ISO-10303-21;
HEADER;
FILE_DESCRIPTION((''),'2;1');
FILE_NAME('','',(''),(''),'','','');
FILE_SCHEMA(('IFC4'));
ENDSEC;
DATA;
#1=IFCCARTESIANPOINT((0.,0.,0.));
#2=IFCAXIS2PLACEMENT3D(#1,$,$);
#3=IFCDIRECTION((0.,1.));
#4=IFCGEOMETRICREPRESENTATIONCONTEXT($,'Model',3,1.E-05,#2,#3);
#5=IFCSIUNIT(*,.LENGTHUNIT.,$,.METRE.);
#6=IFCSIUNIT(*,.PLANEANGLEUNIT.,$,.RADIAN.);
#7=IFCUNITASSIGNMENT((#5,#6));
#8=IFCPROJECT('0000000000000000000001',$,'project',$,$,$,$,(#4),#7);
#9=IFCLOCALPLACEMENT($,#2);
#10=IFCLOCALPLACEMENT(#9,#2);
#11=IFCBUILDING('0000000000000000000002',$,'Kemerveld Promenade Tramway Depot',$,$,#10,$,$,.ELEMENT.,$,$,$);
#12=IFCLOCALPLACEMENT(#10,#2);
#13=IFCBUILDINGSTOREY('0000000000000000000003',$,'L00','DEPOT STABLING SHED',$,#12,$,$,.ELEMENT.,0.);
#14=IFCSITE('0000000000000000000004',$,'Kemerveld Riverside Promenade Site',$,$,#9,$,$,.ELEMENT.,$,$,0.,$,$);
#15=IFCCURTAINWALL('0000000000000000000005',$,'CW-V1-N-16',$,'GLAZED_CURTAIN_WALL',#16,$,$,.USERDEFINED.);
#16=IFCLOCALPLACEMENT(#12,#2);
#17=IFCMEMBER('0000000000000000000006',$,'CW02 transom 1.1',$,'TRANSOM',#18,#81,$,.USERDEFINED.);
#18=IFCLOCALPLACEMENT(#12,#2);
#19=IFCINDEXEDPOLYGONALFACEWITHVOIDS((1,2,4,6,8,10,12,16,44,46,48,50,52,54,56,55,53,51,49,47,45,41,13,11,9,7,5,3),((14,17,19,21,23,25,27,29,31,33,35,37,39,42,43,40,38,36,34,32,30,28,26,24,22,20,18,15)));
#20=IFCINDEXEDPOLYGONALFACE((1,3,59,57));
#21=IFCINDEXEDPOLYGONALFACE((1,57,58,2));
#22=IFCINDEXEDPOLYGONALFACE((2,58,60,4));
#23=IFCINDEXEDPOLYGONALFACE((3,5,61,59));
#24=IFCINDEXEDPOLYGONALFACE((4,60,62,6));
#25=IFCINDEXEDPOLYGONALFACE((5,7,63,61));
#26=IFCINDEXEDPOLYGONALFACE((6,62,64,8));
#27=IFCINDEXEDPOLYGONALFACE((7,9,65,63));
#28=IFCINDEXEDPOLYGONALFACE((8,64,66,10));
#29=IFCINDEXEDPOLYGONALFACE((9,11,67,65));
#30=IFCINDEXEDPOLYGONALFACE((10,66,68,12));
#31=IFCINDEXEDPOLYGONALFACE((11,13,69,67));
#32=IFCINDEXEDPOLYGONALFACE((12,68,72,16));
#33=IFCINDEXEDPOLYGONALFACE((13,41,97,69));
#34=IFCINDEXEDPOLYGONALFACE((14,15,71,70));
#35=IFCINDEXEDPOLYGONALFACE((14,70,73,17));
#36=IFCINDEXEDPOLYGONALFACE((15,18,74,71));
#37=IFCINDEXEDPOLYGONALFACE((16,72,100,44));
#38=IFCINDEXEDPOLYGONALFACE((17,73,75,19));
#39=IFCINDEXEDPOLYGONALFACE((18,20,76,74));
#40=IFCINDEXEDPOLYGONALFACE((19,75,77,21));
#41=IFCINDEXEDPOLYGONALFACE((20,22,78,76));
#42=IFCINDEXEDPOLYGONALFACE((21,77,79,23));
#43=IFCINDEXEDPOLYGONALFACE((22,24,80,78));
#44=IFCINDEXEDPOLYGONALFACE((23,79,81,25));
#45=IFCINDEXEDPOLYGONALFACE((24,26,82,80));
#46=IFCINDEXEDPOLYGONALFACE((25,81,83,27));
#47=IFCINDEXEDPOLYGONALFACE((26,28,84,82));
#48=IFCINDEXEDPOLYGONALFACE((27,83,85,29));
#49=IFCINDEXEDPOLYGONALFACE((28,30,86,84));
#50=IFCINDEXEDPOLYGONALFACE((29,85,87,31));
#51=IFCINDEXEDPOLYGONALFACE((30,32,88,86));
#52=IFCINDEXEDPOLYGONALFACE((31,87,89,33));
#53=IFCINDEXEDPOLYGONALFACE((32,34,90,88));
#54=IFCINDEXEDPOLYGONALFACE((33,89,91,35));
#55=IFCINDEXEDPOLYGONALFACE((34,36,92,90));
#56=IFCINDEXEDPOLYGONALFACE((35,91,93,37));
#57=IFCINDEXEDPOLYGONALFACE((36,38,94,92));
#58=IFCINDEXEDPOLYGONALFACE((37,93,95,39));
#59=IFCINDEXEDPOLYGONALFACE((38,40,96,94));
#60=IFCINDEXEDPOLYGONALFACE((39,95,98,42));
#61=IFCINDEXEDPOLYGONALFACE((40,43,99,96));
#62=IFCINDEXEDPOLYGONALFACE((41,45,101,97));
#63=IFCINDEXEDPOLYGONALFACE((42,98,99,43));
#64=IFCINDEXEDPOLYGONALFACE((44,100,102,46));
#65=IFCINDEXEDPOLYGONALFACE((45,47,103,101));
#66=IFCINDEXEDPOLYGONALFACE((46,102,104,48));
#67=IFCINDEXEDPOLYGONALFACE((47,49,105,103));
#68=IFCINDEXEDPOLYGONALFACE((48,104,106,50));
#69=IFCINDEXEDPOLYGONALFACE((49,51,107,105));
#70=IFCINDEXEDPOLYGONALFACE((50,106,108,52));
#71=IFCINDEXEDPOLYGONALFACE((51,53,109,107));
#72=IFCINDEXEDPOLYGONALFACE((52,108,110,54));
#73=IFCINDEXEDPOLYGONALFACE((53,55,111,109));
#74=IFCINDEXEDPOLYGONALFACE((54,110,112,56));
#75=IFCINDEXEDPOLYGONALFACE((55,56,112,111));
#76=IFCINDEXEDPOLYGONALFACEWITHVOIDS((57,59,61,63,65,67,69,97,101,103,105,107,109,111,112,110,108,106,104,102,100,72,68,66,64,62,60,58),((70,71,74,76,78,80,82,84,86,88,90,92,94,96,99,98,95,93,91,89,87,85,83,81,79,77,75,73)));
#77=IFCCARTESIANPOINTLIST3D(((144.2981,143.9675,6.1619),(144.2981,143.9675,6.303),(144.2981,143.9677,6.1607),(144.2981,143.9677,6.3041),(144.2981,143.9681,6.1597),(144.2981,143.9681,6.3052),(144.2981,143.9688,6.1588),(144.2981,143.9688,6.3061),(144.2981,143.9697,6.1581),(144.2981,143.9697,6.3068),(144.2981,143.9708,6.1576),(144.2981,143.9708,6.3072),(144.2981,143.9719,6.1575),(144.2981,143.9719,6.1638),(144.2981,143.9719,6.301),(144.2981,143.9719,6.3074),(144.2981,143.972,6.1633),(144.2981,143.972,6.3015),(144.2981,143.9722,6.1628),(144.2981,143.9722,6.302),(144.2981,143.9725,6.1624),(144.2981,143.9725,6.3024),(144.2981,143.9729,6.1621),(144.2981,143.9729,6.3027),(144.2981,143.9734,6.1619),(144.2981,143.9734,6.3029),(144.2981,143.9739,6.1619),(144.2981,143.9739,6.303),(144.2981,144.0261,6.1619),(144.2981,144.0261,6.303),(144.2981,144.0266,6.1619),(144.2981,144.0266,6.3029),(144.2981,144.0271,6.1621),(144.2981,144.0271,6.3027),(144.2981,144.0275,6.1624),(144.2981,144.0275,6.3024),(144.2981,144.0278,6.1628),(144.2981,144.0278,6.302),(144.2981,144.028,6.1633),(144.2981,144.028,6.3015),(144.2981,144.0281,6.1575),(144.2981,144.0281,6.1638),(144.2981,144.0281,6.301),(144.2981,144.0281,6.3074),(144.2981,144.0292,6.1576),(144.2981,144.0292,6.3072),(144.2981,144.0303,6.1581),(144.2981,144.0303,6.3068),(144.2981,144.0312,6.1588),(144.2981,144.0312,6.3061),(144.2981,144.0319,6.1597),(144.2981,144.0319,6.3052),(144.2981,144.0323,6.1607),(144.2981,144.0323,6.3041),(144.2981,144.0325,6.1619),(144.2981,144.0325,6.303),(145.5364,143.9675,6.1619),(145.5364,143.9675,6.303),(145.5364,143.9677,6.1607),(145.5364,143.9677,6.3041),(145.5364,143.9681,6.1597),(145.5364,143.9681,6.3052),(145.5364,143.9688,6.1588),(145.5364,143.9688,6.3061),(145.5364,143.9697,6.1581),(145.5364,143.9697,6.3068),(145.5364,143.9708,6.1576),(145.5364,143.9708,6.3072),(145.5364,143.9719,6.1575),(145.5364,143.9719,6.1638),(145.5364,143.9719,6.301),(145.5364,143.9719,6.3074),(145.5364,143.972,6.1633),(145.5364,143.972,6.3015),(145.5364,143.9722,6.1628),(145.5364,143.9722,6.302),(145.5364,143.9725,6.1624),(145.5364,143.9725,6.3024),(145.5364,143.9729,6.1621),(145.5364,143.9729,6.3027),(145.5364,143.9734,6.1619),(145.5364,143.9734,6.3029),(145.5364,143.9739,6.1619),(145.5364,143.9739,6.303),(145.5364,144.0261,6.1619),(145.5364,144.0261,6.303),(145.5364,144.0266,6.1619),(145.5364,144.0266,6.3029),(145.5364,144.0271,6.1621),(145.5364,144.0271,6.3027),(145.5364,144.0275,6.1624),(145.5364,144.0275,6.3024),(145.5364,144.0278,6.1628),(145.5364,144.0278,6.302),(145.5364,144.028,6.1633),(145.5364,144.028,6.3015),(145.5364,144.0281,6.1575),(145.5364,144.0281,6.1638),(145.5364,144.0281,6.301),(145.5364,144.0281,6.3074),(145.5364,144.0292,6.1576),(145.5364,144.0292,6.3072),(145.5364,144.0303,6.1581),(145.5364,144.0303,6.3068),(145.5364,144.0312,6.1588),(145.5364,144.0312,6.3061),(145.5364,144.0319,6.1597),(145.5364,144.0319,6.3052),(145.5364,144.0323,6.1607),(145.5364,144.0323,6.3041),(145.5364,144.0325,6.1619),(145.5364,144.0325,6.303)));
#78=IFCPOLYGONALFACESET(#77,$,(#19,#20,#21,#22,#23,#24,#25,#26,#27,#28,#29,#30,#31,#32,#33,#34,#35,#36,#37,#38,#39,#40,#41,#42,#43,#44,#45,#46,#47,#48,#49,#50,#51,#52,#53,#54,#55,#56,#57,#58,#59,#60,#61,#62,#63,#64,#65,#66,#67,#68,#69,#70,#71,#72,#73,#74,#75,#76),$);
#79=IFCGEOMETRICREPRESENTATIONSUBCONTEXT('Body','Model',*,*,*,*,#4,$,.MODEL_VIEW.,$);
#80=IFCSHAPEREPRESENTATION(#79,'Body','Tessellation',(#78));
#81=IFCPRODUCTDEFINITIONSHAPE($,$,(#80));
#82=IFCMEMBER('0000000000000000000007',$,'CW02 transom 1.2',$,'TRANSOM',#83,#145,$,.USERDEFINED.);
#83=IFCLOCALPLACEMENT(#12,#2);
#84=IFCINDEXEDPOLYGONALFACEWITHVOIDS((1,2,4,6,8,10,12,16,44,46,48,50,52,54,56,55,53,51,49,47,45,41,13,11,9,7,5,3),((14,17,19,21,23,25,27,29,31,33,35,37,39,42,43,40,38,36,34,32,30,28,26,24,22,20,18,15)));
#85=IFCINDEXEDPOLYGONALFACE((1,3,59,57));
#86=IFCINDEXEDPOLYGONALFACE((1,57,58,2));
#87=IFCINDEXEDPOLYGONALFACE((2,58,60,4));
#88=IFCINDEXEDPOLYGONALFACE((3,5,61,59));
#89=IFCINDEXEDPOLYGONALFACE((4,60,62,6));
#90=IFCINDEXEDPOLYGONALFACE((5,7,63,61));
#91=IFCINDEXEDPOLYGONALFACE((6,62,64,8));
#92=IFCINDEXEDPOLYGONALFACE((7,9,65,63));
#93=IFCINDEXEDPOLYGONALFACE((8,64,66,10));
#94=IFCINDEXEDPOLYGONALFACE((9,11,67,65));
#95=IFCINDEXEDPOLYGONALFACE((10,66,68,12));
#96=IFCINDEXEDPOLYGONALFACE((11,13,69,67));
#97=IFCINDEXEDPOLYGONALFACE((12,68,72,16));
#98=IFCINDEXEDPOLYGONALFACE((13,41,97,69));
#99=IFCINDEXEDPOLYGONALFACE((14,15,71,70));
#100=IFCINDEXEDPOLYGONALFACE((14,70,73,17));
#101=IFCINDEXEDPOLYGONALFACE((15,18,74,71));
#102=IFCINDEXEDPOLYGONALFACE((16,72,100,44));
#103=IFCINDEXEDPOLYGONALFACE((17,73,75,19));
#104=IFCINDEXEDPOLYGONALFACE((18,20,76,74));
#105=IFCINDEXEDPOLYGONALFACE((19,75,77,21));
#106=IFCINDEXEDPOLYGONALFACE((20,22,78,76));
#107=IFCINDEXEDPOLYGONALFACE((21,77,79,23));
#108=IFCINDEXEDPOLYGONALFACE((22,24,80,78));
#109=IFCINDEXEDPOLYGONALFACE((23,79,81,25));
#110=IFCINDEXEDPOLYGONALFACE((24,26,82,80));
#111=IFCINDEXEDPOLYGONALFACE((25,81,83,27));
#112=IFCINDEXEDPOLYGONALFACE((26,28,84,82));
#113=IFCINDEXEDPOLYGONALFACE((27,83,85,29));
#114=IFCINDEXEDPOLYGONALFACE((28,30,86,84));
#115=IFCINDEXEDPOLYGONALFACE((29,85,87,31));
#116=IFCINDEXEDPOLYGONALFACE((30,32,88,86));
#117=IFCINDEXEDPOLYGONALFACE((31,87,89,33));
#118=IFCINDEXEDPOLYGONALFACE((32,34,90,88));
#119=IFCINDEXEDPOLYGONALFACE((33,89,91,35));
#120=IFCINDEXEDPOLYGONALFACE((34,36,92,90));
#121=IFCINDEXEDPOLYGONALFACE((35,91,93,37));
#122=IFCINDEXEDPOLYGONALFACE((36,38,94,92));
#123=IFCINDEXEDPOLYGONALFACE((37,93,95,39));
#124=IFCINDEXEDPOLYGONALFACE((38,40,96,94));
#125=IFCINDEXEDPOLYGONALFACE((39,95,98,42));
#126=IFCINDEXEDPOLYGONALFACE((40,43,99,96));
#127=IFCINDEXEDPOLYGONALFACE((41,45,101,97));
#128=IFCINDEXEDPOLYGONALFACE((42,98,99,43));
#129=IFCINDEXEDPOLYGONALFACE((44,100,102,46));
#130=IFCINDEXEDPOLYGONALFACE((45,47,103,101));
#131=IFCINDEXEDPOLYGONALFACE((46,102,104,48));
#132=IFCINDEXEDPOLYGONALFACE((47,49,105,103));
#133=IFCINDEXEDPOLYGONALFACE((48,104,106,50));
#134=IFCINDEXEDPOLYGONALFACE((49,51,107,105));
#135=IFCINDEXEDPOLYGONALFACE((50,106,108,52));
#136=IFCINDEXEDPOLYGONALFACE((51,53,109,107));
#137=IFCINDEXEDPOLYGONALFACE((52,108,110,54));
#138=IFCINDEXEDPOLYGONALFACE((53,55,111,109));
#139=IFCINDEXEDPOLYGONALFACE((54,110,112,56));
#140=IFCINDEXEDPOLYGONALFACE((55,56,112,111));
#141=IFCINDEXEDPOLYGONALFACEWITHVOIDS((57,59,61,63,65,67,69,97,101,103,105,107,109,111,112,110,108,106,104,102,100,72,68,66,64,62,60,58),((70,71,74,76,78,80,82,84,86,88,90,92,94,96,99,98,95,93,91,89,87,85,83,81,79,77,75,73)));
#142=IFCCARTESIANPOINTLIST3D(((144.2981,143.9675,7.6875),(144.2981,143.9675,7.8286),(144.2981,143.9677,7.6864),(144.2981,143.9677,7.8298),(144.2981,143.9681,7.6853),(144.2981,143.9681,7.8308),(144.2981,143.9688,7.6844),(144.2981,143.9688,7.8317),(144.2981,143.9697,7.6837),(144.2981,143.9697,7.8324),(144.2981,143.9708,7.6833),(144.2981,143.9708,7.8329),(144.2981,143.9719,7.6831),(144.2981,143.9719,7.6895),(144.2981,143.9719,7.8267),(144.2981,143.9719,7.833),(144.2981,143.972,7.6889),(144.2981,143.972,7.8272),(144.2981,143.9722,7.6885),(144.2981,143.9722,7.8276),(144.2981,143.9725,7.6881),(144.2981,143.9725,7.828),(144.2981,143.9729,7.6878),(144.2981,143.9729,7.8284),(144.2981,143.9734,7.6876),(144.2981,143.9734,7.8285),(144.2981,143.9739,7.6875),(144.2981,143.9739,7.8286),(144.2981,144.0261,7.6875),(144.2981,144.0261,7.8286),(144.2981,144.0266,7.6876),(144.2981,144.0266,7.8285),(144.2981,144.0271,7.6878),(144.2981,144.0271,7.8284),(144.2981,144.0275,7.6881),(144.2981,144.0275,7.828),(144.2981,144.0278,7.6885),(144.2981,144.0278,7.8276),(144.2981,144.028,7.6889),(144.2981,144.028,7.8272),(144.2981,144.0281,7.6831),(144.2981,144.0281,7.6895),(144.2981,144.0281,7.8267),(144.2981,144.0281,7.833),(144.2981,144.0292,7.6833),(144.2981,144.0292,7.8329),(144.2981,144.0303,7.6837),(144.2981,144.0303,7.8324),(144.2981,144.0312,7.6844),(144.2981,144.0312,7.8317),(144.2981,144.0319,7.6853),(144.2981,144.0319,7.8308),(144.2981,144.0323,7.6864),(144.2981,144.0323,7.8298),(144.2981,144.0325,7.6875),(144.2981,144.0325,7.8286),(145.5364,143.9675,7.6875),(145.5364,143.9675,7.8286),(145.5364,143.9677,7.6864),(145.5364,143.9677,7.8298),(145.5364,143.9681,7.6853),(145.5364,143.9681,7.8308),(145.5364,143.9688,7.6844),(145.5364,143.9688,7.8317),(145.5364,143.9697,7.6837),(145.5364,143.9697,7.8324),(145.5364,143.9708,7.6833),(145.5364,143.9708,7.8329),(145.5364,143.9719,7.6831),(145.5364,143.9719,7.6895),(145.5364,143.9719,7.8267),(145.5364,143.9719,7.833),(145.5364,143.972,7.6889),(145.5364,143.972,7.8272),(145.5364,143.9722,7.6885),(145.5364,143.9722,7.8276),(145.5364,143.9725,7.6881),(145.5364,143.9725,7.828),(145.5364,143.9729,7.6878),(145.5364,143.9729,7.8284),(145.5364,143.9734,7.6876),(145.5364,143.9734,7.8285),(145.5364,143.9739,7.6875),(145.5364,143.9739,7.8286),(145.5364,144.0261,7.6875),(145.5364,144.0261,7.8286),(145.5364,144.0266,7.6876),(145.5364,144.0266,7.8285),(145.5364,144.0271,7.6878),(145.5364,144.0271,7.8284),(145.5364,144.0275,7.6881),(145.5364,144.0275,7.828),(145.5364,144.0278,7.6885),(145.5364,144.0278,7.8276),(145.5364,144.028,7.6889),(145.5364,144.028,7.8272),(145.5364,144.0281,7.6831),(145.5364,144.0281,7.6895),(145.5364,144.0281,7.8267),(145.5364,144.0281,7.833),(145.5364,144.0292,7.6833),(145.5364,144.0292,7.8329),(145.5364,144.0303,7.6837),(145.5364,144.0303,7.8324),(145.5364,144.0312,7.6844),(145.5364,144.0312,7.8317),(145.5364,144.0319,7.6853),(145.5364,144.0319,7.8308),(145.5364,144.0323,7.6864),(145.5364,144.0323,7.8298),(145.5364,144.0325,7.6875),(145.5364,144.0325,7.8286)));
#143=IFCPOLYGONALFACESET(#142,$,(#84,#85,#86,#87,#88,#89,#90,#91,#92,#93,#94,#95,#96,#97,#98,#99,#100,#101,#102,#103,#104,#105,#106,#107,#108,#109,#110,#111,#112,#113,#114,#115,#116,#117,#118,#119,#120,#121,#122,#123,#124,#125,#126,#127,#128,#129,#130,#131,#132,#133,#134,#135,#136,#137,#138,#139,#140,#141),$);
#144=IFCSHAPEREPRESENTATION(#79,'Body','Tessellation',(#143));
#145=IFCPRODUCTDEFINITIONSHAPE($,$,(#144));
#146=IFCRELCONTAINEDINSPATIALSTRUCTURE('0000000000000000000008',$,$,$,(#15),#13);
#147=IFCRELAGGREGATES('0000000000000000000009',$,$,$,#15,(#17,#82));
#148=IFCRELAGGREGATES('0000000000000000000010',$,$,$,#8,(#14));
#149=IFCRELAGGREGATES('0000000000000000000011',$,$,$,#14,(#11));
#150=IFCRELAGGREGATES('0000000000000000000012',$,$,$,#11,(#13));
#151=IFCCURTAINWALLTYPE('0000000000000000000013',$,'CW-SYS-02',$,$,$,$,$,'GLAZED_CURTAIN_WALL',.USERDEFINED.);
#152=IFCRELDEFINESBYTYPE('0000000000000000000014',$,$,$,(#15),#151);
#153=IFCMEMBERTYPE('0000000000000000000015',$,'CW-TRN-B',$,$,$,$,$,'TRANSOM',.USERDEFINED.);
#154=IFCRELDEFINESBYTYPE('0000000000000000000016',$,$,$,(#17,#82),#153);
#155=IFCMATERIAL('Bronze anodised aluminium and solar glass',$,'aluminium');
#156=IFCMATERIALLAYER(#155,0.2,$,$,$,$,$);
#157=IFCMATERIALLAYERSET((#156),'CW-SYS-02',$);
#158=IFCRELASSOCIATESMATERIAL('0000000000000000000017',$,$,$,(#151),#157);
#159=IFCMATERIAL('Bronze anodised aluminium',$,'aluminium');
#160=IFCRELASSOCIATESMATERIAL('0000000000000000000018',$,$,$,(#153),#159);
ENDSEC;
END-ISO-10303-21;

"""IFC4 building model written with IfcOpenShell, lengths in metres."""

from ifc_helpers import new_model, si_unit, direction, frame, origin, origin_2d, place, context, subcontext, project, spatial, hollow_rectangle, extrude, material, layer, layer_set, material_profile, profile_set, type_object, element, aggregate, save


model = new_model("IFC4")

# Units and contexts
model_context = context("Model", 3, precision=1e-05, world=origin(), true_north=direction((0.0, 1.0)))
body_context = subcontext(model_context, "Body", "Model", "MODEL_VIEW")
ifc_project = project(units=[si_unit("LENGTHUNIT", "METRE"), si_unit("PLANEANGLEUNIT", "RADIAN")], contexts=[model_context])

# Site, building, storey
site_placement = place(None, origin())
site = spatial("IfcSite", under=ifc_project, at=site_placement, Name="Kemerveld Riverside Promenade Site", CompositionType="ELEMENT", RefElevation=0.0)
building_placement = place(site_placement, origin())
building = spatial("IfcBuilding", under=site, at=building_placement, Name="Kemerveld Promenade Tramway Depot", CompositionType="ELEMENT")
storey_placement = place(building_placement, origin())
storey = spatial("IfcBuildingStorey", under=building, at=storey_placement, Name="L00", Description="DEPOT STABLING SHED", CompositionType="ELEMENT", Elevation=0.0)

# Curtain wall, members
ifc_material_1 = material(Name="Bronze anodised aluminium and solar glass", Category="aluminium")
ifc_layer_1 = layer(ifc_material_1, 0.2)
ifc_layer_set_1 = layer_set([ifc_layer_1], Name="CW-SYS-02")
curtain_wall_type = type_object("IfcCurtainWallType", Name="CW-SYS-02", ElementType="GLAZED_CURTAIN_WALL", PredefinedType="USERDEFINED", material=ifc_layer_set_1)
curtain_wall_placement = place(storey_placement, origin())
curtain_wall = element("IfcCurtainWall", 1, at=curtain_wall_placement, inside=storey, type_object=curtain_wall_type, Name="CW-V1-N-16", ObjectType="GLAZED_CURTAIN_WALL", PredefinedType="USERDEFINED")
ifc_material_2 = material(Name="Bronze anodised aluminium", Category="aluminium")
ifc_material_profile_1 = material_profile(ifc_material_2, hollow_rectangle(XDim=0.0649, YDim=0.1499, WallThickness=0.0044, InnerFilletRadius=0.002, OuterFilletRadius=0.0044, at=origin_2d()), Name="CW-TRN-150x65")
ifc_profile_set_1 = profile_set([ifc_material_profile_1], Name="Bronze anodised aluminium")
member_type_1 = type_object("IfcMemberType", Name="CW-TRN-B", ElementType="TRANSOM", PredefinedType="USERDEFINED", material=ifc_profile_set_1)
member_1_placement = place(storey_placement, frame((144.2981, 144.0, 6.2324), z_axis=(1.0, 0.0, 0.0), x_axis=(0.0, 1.0, 0.0)))
member_1 = element("IfcMember", 2, at=member_1_placement, type_object=member_type_1, Name="CW02 transom 1.1", ObjectType="TRANSOM", PredefinedType="USERDEFINED", context=body_context, shape_type="SweptSolid", body=[
    extrude(hollow_rectangle(XDim=0.0649, YDim=0.1499, WallThickness=0.0044, InnerFilletRadius=0.002, OuterFilletRadius=0.0044, at=origin_2d()), origin(), (0.0, 0.0, 1.0), 1.2383),
])
member_2_placement = place(storey_placement, frame((144.2981, 144.0, 7.7581), z_axis=(1.0, 0.0, 0.0), x_axis=(0.0, 1.0, 0.0)))
member_2 = element("IfcMember", 3, at=member_2_placement, type_object=member_type_1, Name="CW02 transom 1.2", ObjectType="TRANSOM", PredefinedType="USERDEFINED", context=body_context, shape_type="SweptSolid", body=[
    extrude(hollow_rectangle(XDim=0.0649, YDim=0.1499, WallThickness=0.0044, InnerFilletRadius=0.002, OuterFilletRadius=0.0044, at=origin_2d()), origin(), (0.0, 0.0, 1.0), 1.2383),
])

aggregate(curtain_wall, [member_1, member_2])

save(model, "model.ifc")
